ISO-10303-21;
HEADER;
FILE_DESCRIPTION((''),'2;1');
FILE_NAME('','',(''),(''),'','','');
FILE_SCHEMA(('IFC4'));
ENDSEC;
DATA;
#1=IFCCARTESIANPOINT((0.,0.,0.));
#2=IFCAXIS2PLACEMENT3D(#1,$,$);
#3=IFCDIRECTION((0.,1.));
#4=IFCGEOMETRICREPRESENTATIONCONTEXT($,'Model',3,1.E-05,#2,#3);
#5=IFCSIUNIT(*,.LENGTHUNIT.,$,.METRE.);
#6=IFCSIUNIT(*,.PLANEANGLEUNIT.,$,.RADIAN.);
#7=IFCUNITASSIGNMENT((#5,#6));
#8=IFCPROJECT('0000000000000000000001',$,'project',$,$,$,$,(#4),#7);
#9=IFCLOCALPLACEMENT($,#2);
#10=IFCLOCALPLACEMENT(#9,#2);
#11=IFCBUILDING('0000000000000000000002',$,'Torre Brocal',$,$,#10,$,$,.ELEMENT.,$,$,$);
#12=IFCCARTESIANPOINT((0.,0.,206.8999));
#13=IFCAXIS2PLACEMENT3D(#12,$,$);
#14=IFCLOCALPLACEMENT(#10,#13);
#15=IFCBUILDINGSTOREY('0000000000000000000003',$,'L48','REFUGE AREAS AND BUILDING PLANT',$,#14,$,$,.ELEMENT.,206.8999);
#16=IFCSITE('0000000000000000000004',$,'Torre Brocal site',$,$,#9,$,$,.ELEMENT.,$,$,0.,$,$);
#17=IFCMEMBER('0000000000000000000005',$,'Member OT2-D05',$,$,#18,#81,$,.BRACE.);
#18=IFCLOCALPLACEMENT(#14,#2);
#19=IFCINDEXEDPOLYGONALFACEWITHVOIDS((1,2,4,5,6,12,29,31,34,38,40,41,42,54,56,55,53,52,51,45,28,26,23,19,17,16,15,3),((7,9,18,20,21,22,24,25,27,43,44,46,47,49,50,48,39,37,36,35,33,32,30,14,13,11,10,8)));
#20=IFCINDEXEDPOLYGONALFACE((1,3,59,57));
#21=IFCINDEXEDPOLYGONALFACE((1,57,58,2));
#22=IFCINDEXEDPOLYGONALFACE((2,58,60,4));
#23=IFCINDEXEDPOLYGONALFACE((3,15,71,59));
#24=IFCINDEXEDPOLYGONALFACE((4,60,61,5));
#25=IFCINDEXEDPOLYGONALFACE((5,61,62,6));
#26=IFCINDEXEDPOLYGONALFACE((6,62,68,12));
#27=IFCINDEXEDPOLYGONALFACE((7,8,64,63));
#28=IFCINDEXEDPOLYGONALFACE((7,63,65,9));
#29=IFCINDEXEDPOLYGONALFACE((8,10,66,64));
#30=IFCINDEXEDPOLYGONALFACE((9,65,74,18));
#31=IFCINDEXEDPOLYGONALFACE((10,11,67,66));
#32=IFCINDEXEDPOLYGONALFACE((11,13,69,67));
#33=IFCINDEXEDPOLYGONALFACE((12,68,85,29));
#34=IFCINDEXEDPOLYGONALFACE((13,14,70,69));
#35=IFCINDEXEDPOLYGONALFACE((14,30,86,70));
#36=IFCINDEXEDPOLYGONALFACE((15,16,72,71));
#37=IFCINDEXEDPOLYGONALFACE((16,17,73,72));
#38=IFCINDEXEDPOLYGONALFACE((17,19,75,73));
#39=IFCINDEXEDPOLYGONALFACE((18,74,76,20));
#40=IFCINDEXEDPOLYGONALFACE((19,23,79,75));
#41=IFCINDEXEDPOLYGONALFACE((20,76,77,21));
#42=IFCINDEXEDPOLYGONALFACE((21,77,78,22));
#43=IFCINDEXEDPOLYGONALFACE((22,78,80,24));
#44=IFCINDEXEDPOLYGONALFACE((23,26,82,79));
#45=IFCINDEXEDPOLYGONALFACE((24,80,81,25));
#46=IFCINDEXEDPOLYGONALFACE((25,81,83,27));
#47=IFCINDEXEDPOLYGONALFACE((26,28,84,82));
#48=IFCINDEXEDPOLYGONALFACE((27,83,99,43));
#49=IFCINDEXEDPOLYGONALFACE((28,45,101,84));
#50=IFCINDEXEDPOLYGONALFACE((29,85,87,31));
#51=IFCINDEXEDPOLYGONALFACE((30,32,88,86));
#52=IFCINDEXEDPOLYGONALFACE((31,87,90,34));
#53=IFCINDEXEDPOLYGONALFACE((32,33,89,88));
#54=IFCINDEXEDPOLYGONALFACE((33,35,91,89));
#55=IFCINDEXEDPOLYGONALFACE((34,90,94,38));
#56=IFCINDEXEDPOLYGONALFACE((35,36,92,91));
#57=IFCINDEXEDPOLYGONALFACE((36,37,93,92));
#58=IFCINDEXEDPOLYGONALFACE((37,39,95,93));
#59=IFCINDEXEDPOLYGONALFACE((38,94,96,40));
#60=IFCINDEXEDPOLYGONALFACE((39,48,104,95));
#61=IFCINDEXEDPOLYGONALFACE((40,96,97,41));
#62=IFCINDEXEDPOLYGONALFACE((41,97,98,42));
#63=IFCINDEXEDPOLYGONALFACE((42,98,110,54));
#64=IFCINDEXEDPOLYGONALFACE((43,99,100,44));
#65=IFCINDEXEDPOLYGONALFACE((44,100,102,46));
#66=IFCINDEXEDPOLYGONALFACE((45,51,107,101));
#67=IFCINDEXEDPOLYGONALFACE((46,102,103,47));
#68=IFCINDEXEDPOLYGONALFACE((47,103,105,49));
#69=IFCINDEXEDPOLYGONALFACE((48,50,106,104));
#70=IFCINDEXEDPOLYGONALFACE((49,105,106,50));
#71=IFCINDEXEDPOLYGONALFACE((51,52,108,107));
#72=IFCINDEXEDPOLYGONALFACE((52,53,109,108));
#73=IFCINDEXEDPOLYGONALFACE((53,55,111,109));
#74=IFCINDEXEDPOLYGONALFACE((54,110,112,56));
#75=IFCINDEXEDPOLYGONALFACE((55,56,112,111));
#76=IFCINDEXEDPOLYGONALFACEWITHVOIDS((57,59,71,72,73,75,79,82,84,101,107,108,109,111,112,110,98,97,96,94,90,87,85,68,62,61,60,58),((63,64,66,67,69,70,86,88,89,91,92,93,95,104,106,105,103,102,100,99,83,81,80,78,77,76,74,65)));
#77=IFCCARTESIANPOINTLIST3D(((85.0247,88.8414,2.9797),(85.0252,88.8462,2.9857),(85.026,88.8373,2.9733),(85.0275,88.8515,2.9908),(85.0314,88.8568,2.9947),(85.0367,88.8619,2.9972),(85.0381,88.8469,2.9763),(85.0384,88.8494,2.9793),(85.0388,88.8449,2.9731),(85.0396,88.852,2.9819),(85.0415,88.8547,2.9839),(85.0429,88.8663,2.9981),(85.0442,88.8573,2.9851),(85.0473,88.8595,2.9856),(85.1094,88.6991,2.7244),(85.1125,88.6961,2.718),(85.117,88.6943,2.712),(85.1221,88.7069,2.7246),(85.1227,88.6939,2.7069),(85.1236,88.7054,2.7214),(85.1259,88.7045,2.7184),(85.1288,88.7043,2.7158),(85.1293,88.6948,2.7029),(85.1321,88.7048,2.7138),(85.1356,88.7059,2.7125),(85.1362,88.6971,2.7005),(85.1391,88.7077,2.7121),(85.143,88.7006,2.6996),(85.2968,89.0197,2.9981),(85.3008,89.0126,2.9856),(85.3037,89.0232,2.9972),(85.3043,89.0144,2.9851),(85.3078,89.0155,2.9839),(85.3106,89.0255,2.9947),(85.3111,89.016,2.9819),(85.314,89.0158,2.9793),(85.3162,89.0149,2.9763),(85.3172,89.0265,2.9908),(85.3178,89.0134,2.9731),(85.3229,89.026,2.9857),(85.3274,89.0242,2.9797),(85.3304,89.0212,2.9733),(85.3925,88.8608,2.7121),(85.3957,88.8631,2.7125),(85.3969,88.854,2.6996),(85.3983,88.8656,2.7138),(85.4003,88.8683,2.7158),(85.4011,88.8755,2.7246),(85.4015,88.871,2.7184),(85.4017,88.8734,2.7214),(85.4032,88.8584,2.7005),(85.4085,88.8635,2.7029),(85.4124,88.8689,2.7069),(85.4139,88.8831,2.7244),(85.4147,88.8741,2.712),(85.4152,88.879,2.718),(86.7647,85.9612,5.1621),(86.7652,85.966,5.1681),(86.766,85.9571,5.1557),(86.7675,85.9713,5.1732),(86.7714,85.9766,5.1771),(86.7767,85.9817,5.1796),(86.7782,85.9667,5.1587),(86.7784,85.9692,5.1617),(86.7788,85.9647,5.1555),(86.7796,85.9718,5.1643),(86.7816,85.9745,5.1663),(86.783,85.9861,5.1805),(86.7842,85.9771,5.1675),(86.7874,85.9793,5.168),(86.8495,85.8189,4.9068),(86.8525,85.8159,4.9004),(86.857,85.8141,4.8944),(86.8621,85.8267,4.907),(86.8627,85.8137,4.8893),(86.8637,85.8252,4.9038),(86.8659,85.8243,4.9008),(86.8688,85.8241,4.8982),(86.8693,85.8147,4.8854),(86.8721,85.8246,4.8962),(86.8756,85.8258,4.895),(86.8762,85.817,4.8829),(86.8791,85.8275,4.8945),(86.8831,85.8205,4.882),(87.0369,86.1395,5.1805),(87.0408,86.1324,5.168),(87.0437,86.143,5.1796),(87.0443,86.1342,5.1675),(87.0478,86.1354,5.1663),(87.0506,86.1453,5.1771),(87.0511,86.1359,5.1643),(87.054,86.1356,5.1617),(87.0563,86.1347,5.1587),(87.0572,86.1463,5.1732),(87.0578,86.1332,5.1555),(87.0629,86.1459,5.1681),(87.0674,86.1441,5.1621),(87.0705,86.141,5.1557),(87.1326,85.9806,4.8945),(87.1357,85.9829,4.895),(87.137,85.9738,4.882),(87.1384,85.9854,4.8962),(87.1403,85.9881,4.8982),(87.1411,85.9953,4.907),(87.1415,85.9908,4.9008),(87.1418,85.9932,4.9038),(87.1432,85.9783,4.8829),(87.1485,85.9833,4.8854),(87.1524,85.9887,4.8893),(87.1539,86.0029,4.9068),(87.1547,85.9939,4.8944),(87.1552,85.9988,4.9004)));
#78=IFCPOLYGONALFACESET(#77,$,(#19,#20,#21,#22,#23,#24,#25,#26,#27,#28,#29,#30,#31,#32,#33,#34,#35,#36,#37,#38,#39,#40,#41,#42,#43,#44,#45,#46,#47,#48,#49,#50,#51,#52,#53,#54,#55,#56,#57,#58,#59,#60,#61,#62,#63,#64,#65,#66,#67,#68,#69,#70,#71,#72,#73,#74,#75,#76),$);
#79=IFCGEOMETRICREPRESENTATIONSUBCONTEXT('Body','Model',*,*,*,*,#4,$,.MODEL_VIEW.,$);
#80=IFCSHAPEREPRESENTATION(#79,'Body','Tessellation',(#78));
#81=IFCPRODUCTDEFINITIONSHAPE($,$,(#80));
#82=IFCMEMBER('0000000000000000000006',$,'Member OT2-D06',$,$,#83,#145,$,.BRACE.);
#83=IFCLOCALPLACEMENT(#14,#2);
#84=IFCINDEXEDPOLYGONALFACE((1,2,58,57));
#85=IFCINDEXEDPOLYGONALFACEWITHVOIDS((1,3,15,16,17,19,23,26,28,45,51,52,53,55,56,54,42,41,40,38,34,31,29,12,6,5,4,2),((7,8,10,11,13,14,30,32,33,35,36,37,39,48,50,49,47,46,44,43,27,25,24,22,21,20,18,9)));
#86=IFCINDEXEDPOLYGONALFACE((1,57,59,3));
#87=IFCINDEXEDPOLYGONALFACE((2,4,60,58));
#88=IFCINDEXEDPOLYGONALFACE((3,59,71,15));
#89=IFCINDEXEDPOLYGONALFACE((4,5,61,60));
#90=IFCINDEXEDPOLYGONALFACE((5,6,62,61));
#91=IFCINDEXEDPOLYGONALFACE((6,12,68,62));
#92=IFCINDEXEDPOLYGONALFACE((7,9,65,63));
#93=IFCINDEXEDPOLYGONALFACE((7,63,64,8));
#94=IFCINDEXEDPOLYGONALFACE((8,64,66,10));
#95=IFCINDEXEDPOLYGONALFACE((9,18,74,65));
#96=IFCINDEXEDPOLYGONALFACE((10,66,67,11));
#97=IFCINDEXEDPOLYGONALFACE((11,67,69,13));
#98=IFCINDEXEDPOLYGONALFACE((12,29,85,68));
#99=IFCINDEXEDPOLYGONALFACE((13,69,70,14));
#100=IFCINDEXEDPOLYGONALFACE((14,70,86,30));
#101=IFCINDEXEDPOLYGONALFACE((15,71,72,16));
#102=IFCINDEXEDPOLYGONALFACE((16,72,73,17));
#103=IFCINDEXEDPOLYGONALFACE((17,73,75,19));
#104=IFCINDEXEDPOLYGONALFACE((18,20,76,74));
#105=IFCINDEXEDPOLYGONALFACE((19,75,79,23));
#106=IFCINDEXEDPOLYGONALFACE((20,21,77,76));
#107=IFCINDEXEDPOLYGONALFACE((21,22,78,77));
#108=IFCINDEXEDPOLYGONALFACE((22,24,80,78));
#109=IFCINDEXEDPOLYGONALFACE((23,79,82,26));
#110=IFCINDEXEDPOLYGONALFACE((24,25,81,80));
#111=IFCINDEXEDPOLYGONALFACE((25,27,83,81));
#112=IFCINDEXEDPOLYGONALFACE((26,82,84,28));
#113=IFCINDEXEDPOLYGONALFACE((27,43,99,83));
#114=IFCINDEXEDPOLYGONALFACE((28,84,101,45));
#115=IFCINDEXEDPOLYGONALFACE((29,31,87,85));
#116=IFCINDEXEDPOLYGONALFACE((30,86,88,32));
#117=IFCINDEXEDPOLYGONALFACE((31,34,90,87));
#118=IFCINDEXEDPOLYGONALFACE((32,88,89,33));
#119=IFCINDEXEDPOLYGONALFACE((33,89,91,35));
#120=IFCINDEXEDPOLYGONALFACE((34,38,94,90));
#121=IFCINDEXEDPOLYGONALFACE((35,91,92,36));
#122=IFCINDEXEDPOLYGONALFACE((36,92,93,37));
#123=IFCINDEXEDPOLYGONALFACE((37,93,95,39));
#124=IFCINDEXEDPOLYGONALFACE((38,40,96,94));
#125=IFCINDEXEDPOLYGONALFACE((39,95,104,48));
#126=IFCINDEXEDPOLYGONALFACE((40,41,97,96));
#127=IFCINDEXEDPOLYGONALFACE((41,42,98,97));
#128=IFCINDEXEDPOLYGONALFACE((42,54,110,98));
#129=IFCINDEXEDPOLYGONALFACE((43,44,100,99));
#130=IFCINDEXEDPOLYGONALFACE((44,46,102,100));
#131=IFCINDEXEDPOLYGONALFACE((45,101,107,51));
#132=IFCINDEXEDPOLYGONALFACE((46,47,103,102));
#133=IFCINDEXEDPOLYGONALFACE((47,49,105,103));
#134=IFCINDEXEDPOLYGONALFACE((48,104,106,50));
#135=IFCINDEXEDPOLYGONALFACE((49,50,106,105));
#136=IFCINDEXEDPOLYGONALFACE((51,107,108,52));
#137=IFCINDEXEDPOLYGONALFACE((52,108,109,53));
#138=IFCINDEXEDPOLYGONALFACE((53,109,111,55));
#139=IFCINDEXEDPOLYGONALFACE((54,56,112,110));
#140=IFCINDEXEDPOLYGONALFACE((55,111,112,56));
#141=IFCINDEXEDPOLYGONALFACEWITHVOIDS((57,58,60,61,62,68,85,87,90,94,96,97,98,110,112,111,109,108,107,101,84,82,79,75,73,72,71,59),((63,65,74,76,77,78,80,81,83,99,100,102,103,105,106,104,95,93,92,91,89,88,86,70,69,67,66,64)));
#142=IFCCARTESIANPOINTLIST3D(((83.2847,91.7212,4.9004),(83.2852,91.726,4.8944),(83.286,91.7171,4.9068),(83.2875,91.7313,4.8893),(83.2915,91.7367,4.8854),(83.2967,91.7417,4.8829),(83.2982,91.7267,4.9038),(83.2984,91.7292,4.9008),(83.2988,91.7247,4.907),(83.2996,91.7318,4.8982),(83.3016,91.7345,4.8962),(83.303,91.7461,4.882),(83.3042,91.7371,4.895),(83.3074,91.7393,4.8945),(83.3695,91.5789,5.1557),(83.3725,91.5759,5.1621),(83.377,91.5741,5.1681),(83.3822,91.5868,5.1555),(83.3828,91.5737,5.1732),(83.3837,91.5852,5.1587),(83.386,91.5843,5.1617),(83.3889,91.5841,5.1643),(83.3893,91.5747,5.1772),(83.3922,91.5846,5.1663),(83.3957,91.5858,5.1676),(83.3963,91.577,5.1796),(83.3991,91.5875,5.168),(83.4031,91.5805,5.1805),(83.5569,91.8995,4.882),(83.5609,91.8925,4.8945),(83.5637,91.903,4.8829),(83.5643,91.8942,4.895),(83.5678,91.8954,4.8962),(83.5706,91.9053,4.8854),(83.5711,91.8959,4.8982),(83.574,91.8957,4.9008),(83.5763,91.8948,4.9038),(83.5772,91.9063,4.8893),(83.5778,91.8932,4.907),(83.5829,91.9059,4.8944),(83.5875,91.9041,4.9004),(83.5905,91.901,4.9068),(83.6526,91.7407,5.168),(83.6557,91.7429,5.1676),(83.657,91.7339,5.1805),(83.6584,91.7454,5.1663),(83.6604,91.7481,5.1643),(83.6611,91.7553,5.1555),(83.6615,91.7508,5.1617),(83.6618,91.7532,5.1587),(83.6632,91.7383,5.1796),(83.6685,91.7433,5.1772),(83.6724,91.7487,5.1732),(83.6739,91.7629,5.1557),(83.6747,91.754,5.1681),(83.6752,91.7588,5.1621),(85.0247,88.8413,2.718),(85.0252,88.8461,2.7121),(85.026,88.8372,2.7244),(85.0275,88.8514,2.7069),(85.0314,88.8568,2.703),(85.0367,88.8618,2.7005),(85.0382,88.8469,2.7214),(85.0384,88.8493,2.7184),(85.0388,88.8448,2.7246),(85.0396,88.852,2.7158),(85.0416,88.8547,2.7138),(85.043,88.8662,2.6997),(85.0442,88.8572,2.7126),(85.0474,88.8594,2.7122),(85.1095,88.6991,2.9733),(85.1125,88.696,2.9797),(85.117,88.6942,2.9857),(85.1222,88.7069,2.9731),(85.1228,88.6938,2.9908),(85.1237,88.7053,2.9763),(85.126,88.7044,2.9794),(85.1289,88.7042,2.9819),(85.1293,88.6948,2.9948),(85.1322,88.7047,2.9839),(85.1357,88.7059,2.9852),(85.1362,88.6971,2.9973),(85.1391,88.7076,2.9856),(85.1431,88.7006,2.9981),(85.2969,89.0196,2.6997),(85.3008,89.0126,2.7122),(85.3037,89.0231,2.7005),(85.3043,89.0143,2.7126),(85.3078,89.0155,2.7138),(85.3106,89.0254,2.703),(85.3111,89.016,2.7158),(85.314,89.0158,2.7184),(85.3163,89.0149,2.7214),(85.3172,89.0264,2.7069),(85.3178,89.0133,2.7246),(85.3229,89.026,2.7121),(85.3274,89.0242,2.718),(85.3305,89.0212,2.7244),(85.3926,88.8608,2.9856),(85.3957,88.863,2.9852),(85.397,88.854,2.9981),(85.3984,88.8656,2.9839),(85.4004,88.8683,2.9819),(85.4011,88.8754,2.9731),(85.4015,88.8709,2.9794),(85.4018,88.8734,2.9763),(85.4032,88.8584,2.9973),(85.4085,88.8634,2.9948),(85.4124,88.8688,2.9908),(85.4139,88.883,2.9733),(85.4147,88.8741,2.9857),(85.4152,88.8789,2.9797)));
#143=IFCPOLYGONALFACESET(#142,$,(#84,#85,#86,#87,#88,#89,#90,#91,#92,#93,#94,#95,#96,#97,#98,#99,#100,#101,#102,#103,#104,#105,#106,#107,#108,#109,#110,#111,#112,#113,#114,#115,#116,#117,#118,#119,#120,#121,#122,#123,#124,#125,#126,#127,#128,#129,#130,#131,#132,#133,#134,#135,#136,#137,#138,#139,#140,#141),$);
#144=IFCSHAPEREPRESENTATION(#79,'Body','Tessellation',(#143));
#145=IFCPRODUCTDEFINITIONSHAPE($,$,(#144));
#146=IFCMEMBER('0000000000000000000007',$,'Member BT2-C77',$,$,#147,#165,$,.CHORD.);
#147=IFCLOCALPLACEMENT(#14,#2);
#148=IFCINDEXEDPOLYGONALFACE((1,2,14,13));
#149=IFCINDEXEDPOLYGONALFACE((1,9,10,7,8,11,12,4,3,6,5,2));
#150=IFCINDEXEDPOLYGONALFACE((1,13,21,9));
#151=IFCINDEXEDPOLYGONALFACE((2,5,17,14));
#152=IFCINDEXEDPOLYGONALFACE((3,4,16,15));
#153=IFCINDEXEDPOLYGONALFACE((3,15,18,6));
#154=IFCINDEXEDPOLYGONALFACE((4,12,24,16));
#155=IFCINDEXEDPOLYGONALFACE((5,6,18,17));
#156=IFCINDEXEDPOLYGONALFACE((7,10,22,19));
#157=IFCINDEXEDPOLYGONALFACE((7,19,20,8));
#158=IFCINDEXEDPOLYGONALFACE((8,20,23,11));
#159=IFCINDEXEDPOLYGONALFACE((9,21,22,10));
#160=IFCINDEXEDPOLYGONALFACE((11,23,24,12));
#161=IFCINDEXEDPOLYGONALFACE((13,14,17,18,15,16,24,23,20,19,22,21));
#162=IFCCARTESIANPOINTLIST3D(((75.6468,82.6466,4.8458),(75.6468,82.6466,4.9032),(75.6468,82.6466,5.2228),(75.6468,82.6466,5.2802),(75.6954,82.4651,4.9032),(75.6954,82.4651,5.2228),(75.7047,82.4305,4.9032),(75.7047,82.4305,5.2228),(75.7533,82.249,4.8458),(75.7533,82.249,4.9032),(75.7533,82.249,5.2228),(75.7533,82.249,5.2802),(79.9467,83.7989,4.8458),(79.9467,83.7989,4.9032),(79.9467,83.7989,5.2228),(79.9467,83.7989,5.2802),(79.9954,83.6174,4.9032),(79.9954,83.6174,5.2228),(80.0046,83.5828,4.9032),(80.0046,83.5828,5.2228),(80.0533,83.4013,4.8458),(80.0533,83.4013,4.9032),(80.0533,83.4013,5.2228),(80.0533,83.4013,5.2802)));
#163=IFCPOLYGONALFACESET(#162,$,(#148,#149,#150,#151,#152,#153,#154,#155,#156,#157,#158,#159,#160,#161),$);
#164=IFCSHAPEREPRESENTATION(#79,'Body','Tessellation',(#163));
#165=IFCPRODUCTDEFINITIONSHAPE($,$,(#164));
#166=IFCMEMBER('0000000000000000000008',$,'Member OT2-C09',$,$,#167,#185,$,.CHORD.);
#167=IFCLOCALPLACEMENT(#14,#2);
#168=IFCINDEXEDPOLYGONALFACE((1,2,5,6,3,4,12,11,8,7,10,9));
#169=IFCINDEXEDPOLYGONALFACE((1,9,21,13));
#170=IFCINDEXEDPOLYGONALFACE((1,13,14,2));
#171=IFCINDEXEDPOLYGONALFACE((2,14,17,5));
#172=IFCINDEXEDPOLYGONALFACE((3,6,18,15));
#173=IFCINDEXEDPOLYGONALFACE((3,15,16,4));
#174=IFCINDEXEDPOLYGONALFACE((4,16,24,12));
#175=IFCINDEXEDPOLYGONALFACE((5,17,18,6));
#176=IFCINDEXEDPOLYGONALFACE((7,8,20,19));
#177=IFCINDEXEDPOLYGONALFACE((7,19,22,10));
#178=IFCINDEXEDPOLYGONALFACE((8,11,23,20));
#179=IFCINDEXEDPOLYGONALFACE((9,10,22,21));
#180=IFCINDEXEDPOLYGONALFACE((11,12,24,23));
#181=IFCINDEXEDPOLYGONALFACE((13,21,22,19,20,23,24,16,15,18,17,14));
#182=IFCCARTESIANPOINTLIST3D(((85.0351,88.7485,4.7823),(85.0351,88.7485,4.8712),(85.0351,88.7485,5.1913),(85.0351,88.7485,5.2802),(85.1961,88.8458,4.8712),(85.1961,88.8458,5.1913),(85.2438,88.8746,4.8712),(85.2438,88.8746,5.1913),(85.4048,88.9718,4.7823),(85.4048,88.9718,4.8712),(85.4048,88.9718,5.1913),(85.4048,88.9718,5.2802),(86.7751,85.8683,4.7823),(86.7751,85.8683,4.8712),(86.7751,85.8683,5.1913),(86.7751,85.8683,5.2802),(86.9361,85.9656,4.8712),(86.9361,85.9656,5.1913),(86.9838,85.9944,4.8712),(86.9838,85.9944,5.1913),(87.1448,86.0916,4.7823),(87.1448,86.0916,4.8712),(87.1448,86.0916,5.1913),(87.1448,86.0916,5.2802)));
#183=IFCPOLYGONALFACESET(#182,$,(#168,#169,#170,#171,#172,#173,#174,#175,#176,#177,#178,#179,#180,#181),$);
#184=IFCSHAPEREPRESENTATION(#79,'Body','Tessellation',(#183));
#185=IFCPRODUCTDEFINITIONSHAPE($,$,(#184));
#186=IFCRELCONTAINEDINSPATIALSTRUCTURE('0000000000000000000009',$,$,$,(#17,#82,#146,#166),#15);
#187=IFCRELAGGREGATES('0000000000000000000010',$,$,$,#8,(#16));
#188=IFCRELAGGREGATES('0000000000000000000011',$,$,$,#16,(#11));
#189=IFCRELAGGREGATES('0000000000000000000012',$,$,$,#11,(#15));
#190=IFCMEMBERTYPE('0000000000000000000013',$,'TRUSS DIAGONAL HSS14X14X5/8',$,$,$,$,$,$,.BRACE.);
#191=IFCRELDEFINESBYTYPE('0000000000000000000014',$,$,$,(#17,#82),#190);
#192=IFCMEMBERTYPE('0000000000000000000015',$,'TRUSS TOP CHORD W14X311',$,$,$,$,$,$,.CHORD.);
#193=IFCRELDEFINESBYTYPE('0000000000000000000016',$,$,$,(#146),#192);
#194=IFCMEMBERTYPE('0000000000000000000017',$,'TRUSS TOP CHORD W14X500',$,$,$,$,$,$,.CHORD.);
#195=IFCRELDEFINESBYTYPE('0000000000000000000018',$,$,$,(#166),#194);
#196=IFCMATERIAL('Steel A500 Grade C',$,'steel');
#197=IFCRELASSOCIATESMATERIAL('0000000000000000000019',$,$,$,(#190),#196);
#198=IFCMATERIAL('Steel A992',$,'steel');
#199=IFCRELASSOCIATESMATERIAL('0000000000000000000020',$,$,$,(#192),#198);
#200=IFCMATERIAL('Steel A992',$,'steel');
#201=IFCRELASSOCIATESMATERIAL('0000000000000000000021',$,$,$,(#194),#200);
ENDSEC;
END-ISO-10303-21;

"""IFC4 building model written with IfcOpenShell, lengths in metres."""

from ifc_helpers import new_model, si_unit, direction, frame, origin, origin_2d, place, context, subcontext, project, spatial, hollow_rectangle, i_section, extrude, material, material_profile, profile_set, type_object, element, save


model = new_model("IFC4")

# Units and contexts
model_context = context("Model", 3, precision=1e-05, world=origin(), true_north=direction((0.0, 1.0)))
body_context = subcontext(model_context, "Body", "Model", "MODEL_VIEW")
ifc_project = project(units=[si_unit("LENGTHUNIT", "METRE"), si_unit("PLANEANGLEUNIT", "RADIAN")], contexts=[model_context])

# Site, building, storey
site_placement = place(None, origin())
site = spatial("IfcSite", under=ifc_project, at=site_placement, Name="Torre Brocal site", CompositionType="ELEMENT", RefElevation=0.0)
building_placement = place(site_placement, origin())
building = spatial("IfcBuilding", under=site, at=building_placement, Name="Torre Brocal", CompositionType="ELEMENT")
storey_placement = place(building_placement, frame((0.0, 0.0, 206.8999)))
storey = spatial("IfcBuildingStorey", under=building, at=storey_placement, Name="L48", Description="REFUGE AREAS AND BUILDING PLANT", CompositionType="ELEMENT", Elevation=206.8999)

# Members
ifc_material_1 = material(Name="Steel A500 Grade C", Category="steel")
ifc_material_profile_1 = material_profile(ifc_material_1, hollow_rectangle(XDim=0.3557, YDim=0.3557, WallThickness=0.0149, InnerFilletRadius=0.0149, OuterFilletRadius=0.0295, at=origin_2d()), Name="HSS14X14X5/8")
ifc_profile_set_1 = profile_set([ifc_material_profile_1], Name="Steel A500 Grade C")
member_type_1 = type_object("IfcMemberType", Name="TRUSS DIAGONAL HSS14X14X5/8", PredefinedType="BRACE", material=ifc_profile_set_1)
member_1_placement = place(storey_placement, frame((86.96, 85.98, 5.0312), z_axis=(-0.433841, 0.718117, -0.544142), x_axis=(-0.855927, -0.517097, 0.0)))
element("IfcMember", 1, at=member_1_placement, inside=storey, type_object=member_type_1, Name="Member OT2-D05", PredefinedType="BRACE", context=body_context, shape_type="SweptSolid", body=[
    extrude(hollow_rectangle(XDim=0.3557, YDim=0.3557, WallThickness=0.0149, InnerFilletRadius=0.0149, OuterFilletRadius=0.0295, at=origin_2d()), origin(), (0.0, 0.0, 1.0), 4.0107),
])
member_2_placement = place(storey_placement, frame((85.22, 88.8601, 2.8489), z_axis=(-0.43386, 0.718087, 0.544166), x_axis=(-0.855908, -0.517129, 0.0)))
element("IfcMember", 2, at=member_2_placement, inside=storey, type_object=member_type_1, Name="Member OT2-D06", PredefinedType="BRACE", context=body_context, shape_type="SweptSolid", body=[
    extrude(hollow_rectangle(XDim=0.3557, YDim=0.3557, WallThickness=0.0149, InnerFilletRadius=0.0149, OuterFilletRadius=0.0295, at=origin_2d()), origin(), (0.0, 0.0, 1.0), 4.0105),
])
ifc_material_2 = material(Name="Steel A992", Category="steel")
ifc_material_profile_2 = material_profile(ifc_material_2, i_section(OverallWidth=0.4116, OverallDepth=0.4343, WebThickness=0.0359, FlangeThickness=0.0574, at=origin_2d()), Name="W14X311")
ifc_profile_set_2 = profile_set([ifc_material_profile_2], Name="Steel A992")
member_type_2 = type_object("IfcMemberType", Name="TRUSS TOP CHORD W14X311", PredefinedType="CHORD", material=ifc_profile_set_2)
member_3_placement = place(storey_placement, frame((80.0, 83.6001, 5.063), z_axis=(-0.965917, -0.25885, 0.0), x_axis=(0.25885, -0.965917, 0.0)))
element("IfcMember", 3, at=member_3_placement, inside=storey, type_object=member_type_2, Name="Member BT2-C77", PredefinedType="CHORD", context=body_context, shape_type="SweptSolid", body=[
    extrude(i_section(OverallWidth=0.4116, OverallDepth=0.4343, WebThickness=0.0359, FlangeThickness=0.0574, at=origin_2d()), origin(), (0.0, 0.0, 1.0), 4.4517),
])
ifc_material_3 = material(Name="Steel A992", Category="steel")
ifc_material_profile_3 = material_profile(ifc_material_3, i_section(OverallWidth=0.4319, OverallDepth=0.4978, WebThickness=0.0557, FlangeThickness=0.0889, at=origin_2d()), Name="W14X500")
ifc_profile_set_3 = profile_set([ifc_material_profile_3], Name="Steel A992")
member_type_3 = type_object("IfcMemberType", Name="TRUSS TOP CHORD W14X500", PredefinedType="CHORD", material=ifc_profile_set_3)
member_4_placement = place(storey_placement, frame((86.96, 85.98, 5.0312), z_axis=(-0.517097, 0.855927, 0.0), x_axis=(-0.855927, -0.517097, 0.0)))
element("IfcMember", 4, at=member_4_placement, inside=storey, type_object=member_type_3, Name="Member OT2-C09", PredefinedType="CHORD", context=body_context, shape_type="SweptSolid", body=[
    extrude(i_section(OverallWidth=0.4319, OverallDepth=0.4978, WebThickness=0.0557, FlangeThickness=0.0889, at=origin_2d()), origin(), (0.0, 0.0, 1.0), 3.365),
])

save(model, "model.ifc")
